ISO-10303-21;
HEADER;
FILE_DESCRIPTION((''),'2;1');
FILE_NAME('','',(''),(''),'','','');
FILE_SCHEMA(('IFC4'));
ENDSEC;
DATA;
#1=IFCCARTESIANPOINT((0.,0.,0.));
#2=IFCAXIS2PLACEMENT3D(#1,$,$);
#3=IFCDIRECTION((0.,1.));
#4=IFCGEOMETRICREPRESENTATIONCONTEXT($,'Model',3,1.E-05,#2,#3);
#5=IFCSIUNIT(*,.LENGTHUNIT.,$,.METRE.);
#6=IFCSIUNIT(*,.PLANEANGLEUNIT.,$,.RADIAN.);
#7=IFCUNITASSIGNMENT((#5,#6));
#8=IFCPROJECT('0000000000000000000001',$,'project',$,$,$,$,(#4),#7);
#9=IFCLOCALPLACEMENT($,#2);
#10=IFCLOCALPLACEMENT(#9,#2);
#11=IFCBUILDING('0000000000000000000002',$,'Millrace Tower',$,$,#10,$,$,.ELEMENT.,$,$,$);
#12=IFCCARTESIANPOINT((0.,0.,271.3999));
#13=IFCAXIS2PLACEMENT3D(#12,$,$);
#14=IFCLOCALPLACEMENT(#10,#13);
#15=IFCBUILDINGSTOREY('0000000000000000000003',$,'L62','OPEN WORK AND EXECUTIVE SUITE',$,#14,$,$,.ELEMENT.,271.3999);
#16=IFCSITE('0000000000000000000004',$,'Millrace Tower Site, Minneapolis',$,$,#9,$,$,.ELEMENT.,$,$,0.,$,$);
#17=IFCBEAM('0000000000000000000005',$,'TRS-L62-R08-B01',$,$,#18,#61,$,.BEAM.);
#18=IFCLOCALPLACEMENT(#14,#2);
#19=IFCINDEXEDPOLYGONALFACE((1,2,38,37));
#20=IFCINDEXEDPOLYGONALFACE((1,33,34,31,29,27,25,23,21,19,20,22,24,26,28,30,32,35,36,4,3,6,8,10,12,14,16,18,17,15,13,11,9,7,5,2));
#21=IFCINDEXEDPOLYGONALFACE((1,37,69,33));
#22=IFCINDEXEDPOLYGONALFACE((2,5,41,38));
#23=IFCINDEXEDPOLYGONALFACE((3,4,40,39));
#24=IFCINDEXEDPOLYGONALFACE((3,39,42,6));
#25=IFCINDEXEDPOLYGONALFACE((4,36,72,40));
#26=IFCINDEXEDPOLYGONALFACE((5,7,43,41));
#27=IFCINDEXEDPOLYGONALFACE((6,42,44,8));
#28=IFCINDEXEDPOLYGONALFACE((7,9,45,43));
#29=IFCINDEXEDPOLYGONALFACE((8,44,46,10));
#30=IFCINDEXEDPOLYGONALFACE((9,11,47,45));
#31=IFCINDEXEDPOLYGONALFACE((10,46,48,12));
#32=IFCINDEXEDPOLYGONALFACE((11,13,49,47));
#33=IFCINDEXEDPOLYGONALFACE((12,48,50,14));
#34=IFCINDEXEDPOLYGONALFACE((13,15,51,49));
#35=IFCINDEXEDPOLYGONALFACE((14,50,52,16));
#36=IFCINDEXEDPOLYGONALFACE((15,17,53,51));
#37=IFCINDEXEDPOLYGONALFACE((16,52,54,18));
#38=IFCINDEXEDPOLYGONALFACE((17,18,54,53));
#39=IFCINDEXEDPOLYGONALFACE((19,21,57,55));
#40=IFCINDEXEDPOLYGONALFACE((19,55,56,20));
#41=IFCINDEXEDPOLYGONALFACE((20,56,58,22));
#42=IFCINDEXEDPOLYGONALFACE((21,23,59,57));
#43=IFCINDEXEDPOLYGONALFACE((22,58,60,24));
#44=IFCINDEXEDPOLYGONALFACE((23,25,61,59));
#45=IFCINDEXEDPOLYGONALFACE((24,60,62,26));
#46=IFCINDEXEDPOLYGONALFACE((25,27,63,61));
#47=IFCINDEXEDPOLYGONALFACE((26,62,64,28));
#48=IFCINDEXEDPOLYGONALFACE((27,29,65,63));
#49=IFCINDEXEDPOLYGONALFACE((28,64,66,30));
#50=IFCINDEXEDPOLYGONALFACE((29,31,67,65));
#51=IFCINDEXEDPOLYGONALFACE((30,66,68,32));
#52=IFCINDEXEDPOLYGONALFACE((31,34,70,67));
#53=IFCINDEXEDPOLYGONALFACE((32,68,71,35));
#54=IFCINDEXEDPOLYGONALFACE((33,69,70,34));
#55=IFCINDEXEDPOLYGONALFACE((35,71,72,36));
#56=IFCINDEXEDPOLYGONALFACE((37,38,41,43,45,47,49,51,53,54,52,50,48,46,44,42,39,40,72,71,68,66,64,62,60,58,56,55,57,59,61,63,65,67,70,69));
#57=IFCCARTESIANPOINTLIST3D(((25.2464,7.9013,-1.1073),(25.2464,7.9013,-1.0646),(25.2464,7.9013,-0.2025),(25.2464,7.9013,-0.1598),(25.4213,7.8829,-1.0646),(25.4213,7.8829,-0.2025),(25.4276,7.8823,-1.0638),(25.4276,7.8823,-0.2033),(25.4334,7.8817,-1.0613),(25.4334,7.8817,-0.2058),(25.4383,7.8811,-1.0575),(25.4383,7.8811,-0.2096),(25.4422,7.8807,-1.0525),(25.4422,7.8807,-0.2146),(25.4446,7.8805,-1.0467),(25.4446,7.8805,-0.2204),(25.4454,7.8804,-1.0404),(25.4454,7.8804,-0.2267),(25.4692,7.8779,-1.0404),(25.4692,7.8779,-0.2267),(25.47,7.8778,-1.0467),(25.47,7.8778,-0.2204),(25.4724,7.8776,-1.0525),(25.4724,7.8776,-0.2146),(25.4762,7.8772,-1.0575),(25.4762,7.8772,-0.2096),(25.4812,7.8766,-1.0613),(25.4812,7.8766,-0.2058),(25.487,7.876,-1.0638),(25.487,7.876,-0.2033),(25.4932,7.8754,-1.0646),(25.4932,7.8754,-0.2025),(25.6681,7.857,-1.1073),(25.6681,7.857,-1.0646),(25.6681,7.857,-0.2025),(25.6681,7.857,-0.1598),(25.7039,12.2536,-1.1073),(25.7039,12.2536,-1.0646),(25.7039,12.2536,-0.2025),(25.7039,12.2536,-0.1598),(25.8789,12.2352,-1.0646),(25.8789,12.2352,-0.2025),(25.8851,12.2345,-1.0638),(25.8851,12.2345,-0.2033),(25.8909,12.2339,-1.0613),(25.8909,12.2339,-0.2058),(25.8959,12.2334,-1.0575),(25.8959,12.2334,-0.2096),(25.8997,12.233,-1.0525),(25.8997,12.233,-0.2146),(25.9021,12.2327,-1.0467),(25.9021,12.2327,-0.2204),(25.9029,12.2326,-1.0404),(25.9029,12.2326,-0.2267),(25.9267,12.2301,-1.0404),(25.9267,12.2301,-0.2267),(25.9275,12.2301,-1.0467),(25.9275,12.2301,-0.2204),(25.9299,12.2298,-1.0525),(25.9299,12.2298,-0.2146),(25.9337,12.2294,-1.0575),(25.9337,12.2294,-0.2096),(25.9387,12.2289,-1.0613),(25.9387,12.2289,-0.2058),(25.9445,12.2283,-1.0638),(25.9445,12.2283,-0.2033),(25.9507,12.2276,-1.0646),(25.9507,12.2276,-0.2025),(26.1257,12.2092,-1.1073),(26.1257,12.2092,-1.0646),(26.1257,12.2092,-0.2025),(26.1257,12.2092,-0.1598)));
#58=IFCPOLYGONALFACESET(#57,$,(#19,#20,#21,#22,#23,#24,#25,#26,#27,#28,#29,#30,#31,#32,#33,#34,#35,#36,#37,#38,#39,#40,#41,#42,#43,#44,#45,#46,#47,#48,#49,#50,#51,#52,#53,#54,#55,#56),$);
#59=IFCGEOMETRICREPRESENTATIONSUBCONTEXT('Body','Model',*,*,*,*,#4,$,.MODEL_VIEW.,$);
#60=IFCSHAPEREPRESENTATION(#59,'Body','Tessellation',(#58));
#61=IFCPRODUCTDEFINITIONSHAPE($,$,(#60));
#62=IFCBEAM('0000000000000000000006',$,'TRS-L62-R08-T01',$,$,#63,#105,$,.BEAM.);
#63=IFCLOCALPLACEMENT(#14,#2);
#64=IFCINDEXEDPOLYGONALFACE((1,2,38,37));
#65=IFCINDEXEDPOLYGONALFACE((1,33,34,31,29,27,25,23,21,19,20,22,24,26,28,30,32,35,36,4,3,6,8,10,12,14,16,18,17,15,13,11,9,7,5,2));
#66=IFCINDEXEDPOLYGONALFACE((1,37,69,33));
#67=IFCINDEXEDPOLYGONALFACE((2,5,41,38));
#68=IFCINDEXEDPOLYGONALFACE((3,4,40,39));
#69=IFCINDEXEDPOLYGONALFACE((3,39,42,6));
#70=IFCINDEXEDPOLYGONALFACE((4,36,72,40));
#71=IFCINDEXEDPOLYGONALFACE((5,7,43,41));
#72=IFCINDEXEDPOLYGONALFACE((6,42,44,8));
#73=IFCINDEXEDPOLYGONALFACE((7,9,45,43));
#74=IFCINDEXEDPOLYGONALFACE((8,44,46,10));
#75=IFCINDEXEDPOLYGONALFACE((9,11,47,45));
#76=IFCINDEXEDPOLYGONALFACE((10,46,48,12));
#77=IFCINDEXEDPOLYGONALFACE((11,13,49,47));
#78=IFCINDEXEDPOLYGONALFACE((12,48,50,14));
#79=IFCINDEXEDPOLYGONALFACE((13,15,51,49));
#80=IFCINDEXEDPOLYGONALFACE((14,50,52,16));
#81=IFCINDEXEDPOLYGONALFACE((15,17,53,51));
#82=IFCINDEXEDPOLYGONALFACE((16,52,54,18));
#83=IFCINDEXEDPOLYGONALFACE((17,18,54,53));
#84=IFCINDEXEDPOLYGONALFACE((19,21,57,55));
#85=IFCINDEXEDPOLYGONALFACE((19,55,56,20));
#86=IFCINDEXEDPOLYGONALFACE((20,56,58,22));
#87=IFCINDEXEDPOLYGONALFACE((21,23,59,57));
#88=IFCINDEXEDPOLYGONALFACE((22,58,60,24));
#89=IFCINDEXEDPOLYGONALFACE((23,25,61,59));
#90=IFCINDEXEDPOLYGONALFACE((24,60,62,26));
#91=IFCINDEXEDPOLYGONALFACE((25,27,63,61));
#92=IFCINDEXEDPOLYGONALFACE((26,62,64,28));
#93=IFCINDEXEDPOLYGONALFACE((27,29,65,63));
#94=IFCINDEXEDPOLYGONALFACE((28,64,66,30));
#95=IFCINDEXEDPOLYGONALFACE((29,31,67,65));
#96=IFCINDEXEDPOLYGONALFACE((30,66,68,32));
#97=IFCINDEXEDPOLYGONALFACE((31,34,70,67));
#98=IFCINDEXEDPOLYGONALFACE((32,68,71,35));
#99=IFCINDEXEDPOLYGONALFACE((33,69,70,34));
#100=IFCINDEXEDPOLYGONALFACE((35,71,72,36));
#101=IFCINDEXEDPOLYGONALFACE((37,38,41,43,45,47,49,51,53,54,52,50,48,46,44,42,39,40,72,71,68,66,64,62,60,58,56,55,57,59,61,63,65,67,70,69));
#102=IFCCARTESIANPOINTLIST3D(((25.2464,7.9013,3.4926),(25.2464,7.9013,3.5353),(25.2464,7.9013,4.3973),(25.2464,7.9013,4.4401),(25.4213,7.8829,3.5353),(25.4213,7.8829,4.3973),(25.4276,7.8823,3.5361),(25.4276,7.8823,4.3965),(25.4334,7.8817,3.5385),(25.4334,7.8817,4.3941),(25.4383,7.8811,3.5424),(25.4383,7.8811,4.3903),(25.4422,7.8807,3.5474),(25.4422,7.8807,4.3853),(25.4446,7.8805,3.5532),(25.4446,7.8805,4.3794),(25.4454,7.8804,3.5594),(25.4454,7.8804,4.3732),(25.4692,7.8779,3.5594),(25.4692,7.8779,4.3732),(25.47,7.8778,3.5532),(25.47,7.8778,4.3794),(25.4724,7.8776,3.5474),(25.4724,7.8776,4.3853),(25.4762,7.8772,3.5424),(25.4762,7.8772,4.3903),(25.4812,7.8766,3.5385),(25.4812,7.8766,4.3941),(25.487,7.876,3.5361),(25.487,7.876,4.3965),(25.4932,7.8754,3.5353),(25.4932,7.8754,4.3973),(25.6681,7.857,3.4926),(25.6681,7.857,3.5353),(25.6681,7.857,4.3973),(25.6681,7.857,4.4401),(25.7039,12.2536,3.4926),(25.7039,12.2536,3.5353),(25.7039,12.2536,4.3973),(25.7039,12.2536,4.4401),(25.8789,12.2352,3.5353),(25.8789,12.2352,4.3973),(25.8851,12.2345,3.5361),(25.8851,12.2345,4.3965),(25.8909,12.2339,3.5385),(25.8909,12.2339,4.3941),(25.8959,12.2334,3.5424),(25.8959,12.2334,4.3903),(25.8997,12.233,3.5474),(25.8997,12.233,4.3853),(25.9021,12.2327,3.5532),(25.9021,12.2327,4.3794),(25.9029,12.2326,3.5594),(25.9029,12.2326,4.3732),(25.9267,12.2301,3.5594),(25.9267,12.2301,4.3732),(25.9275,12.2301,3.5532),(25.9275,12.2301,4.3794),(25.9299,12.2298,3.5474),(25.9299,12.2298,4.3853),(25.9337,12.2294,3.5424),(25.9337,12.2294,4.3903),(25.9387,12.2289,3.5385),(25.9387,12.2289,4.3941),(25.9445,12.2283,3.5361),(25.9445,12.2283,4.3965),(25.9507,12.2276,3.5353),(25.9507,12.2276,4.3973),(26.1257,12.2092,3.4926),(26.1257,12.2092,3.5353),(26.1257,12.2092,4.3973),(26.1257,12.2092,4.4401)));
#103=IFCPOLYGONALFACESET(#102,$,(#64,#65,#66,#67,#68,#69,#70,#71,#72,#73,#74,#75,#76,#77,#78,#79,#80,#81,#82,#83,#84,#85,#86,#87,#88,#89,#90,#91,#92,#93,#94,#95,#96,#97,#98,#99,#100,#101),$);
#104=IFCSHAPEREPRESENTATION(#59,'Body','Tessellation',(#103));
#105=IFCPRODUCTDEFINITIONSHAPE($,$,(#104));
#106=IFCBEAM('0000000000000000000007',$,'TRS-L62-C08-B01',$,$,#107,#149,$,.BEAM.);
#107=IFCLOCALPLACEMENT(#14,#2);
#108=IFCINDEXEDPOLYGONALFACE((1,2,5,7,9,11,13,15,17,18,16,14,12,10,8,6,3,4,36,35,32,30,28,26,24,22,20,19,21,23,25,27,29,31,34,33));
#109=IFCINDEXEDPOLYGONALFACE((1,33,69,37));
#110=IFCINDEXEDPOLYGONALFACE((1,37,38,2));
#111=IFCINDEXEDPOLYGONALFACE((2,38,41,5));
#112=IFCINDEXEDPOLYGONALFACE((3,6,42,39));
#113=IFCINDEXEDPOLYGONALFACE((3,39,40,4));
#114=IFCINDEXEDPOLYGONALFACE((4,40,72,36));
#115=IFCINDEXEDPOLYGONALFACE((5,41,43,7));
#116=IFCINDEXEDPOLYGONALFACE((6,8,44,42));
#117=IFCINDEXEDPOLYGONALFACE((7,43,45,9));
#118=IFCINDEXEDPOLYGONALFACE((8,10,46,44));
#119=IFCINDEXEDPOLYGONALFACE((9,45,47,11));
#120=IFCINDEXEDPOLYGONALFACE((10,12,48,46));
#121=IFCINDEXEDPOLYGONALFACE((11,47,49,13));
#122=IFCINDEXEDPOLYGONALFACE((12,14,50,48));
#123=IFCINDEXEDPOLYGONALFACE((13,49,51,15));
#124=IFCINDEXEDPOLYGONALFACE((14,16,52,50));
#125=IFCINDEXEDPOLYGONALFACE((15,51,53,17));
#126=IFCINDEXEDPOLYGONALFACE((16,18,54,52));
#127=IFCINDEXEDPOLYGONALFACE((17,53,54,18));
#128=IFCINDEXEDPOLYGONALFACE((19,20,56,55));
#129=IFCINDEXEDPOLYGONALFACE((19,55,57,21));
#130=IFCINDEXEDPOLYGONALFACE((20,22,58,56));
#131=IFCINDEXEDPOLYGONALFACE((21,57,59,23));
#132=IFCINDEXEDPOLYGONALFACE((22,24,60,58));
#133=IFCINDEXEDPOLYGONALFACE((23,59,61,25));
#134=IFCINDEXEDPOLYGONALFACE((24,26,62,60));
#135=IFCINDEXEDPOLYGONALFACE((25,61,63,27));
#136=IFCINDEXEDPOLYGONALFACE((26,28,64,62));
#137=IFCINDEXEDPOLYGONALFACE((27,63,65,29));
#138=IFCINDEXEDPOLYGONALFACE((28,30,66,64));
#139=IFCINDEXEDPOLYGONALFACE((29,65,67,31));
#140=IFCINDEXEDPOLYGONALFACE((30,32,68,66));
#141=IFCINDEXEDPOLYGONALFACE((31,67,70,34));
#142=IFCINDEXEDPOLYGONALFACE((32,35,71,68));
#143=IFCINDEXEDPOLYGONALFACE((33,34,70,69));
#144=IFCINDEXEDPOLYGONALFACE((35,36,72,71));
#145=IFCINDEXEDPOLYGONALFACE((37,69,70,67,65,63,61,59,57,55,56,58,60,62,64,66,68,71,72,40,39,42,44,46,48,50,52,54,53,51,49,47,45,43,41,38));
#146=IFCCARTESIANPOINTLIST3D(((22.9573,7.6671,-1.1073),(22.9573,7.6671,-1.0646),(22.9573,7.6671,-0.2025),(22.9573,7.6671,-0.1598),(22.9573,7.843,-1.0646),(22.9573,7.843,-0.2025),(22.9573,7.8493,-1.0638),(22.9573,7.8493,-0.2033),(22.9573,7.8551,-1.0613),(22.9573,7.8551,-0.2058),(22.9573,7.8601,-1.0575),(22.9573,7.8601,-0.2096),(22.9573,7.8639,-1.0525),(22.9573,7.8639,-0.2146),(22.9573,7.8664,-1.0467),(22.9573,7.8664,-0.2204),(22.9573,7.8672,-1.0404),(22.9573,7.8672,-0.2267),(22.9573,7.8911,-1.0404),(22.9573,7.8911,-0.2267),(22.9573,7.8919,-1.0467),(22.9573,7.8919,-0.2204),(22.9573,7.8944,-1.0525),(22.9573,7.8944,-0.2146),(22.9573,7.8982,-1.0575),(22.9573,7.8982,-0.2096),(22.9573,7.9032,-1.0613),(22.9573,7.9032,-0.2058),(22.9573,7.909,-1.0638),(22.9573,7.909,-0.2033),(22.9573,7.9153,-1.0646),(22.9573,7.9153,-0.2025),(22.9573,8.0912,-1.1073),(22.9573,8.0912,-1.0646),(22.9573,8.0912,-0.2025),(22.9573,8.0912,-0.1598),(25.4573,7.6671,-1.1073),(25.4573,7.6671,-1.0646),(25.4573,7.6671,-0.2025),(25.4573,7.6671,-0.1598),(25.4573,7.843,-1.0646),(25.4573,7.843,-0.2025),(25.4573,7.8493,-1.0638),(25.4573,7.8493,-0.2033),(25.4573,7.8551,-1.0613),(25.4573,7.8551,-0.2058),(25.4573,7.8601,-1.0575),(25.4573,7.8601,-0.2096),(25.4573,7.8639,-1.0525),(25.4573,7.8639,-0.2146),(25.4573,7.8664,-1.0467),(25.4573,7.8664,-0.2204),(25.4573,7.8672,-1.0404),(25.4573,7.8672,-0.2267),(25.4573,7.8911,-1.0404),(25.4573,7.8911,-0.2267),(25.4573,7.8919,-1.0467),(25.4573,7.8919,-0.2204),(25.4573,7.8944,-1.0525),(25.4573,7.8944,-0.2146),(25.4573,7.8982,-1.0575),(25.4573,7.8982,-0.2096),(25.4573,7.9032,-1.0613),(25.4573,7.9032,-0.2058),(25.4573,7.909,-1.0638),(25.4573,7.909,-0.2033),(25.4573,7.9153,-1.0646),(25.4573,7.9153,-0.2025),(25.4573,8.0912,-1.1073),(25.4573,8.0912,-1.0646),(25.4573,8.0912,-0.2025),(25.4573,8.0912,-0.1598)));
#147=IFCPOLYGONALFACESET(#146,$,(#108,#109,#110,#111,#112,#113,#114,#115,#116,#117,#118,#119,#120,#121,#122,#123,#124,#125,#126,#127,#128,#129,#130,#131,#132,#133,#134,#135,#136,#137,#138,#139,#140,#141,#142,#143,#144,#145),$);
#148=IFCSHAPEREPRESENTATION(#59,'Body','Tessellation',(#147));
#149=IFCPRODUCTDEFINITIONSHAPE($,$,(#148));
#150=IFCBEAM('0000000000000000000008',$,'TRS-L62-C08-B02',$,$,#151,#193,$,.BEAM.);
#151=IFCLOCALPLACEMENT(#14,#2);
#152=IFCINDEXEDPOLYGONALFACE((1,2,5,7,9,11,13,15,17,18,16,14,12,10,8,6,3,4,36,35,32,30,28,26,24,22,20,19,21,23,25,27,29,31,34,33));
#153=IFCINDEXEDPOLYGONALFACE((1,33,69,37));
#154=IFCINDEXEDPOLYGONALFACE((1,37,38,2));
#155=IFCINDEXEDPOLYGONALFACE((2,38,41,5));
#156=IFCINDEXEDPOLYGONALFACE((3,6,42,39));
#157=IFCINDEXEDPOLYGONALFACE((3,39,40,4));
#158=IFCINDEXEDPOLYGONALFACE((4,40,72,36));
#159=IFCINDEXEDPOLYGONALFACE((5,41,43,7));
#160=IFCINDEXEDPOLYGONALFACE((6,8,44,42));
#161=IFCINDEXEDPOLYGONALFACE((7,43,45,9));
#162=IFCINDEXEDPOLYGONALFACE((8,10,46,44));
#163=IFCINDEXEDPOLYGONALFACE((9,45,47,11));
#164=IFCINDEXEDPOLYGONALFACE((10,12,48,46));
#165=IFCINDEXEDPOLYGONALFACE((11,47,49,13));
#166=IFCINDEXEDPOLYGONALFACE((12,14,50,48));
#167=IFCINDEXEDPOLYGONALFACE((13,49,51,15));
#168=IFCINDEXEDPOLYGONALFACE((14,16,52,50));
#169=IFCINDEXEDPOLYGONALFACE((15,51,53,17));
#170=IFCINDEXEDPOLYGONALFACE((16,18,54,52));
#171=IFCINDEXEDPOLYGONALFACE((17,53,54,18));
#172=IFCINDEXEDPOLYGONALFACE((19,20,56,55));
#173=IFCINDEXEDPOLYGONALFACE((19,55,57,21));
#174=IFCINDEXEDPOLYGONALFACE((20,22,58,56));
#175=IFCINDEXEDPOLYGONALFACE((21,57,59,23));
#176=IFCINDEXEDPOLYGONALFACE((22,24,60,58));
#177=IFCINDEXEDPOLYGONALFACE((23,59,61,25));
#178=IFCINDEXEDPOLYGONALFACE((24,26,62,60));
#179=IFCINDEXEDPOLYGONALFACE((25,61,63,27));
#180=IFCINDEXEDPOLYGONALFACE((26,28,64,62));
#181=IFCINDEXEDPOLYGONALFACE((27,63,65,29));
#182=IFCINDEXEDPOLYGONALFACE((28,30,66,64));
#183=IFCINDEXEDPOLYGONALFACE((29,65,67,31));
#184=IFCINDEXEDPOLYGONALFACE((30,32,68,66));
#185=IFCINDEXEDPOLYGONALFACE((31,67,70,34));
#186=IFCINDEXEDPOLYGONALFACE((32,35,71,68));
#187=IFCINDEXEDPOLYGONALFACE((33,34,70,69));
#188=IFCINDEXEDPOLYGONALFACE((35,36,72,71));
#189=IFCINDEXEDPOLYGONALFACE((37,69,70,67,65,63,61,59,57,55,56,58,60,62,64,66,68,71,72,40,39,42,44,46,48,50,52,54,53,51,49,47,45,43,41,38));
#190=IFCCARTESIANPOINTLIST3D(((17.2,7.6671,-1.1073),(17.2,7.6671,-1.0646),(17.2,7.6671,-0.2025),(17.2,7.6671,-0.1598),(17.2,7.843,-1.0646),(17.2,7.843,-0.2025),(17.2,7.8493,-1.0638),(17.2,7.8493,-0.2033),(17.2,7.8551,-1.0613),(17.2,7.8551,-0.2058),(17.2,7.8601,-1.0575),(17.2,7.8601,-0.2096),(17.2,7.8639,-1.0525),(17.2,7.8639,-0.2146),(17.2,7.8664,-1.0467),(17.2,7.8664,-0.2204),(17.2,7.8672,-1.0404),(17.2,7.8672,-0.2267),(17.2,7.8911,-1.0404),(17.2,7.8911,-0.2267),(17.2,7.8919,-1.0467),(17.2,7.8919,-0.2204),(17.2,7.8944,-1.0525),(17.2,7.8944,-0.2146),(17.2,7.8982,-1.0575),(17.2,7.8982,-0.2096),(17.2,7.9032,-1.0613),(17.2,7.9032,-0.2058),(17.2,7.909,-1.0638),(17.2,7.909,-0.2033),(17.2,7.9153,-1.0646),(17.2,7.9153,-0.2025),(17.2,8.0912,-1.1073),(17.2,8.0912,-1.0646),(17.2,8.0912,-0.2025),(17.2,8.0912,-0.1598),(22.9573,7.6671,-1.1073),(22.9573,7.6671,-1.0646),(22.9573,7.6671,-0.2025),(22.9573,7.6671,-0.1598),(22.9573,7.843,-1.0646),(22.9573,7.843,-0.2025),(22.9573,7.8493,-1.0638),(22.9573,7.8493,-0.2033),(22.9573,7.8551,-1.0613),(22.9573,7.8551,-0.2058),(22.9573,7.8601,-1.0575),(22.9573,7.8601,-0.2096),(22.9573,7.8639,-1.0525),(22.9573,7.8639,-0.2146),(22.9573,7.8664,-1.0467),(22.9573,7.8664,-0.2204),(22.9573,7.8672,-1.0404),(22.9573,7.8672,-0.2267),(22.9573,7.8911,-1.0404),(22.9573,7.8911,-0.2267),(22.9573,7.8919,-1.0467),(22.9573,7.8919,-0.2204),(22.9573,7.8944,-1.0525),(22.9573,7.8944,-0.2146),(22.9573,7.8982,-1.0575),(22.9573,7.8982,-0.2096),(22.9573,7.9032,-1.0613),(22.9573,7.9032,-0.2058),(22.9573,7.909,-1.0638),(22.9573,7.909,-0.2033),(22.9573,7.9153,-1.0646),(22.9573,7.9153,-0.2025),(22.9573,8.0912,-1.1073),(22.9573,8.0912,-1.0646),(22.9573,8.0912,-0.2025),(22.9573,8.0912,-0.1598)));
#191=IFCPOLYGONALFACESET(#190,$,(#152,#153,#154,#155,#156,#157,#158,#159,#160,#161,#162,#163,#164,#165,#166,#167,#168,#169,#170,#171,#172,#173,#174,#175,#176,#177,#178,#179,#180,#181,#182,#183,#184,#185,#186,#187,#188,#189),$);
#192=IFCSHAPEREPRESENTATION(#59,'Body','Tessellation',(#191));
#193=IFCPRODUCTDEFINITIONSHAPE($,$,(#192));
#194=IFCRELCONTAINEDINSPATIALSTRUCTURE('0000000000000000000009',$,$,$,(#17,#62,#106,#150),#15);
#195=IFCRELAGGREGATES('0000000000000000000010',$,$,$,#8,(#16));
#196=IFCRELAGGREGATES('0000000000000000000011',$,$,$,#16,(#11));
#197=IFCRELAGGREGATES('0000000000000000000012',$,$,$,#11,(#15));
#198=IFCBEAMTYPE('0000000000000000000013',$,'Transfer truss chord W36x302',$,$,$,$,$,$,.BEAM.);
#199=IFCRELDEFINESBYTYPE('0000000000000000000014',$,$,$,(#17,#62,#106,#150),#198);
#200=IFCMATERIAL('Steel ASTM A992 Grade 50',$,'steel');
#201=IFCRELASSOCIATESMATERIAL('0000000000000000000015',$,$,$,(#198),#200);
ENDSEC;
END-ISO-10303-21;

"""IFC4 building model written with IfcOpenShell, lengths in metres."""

from ifc_helpers import new_model, si_unit, direction, frame, origin, origin_2d, place, context, subcontext, project, spatial, i_section, extrude, material, material_profile, profile_set, type_object, element, save


model = new_model("IFC4")

# Units and contexts
model_context = context("Model", 3, precision=1e-05, world=origin(), true_north=direction((0.0, 1.0)))
body_context = subcontext(model_context, "Body", "Model", "MODEL_VIEW")
ifc_project = project(units=[si_unit("LENGTHUNIT", "METRE"), si_unit("PLANEANGLEUNIT", "RADIAN")], contexts=[model_context])

# Site, building, storey
site_placement = place(None, origin())
site = spatial("IfcSite", under=ifc_project, at=site_placement, Name="Millrace Tower Site, Minneapolis", CompositionType="ELEMENT", RefElevation=0.0)
building_placement = place(site_placement, origin())
building = spatial("IfcBuilding", under=site, at=building_placement, Name="Millrace Tower", CompositionType="ELEMENT")
storey_placement = place(building_placement, frame((0.0, 0.0, 271.3999)))
storey = spatial("IfcBuildingStorey", under=building, at=storey_placement, Name="L62", Description="OPEN WORK AND EXECUTIVE SUITE", CompositionType="ELEMENT", Elevation=271.3999)

# Beams
ifc_material_1 = material(Name="Steel ASTM A992 Grade 50", Category="steel")
ifc_material_profile_1 = material_profile(ifc_material_1, i_section(OverallWidth=0.4241, OverallDepth=0.9475, WebThickness=0.0239, FlangeThickness=0.0427, FilletRadius=0.0242, at=origin_2d()))
ifc_profile_set_1 = profile_set([ifc_material_profile_1], Name="Steel ASTM A992 Grade 50")
beam_type_1 = type_object("IfcBeamType", Name="Transfer truss chord W36x302", PredefinedType="BEAM", material=ifc_profile_set_1)
for number, where, z_axis, x_axis, name in (
    (1, (25.4573, 7.8792, -0.6335), (0.104545, 0.99452, 0.0), (-0.99452, 0.104545, 0.0), "TRS-L62-R08-B01"),
    (2, (25.4573, 7.8792, 3.9663), (0.104545, 0.99452, 0.0), (-0.99452, 0.104545, 0.0), "TRS-L62-R08-T01"),
):
    element("IfcBeam", number, at=place(storey_placement, frame(where, z_axis=z_axis, x_axis=x_axis)), inside=storey, type_object=beam_type_1, Name=name, PredefinedType="BEAM", context=body_context, shape_type="SweptSolid", body=[
        extrude(i_section(OverallWidth=0.4241, OverallDepth=0.9475, WebThickness=0.0239, FlangeThickness=0.0427, FilletRadius=0.0242, at=origin_2d()), origin(), (0.0, 0.0, 1.0), 4.3762),
    ])
beam_1_placement = place(storey_placement, frame((25.4573, 7.8792, -0.6335), z_axis=(-1.0, 0.0, 0.0), x_axis=(0.0, -1.0, 0.0)))
element("IfcBeam", 3, at=beam_1_placement, inside=storey, type_object=beam_type_1, Name="TRS-L62-C08-B01", PredefinedType="BEAM", context=body_context, shape_type="SweptSolid", body=[
    extrude(i_section(OverallWidth=0.4241, OverallDepth=0.9475, WebThickness=0.0239, FlangeThickness=0.0427, FilletRadius=0.0242, at=origin_2d()), origin(), (0.0, 0.0, 1.0), 2.5),
])
for number, where, z_axis, x_axis, name in (
    (4, (22.9573, 7.8792, -0.6335), (-1.0, 0.0, 0.0), (0.0, -1.0, 0.0), "TRS-L62-C08-B02"),
):
    element("IfcBeam", number, at=place(storey_placement, frame(where, z_axis=z_axis, x_axis=x_axis)), inside=storey, type_object=beam_type_1, Name=name, PredefinedType="BEAM", context=body_context, shape_type="SweptSolid", body=[
        extrude(i_section(OverallWidth=0.4241, OverallDepth=0.9475, WebThickness=0.0239, FlangeThickness=0.0427, FilletRadius=0.0242, at=origin_2d()), origin(), (0.0, 0.0, 1.0), 5.7573),
    ])

save(model, "model.ifc")
